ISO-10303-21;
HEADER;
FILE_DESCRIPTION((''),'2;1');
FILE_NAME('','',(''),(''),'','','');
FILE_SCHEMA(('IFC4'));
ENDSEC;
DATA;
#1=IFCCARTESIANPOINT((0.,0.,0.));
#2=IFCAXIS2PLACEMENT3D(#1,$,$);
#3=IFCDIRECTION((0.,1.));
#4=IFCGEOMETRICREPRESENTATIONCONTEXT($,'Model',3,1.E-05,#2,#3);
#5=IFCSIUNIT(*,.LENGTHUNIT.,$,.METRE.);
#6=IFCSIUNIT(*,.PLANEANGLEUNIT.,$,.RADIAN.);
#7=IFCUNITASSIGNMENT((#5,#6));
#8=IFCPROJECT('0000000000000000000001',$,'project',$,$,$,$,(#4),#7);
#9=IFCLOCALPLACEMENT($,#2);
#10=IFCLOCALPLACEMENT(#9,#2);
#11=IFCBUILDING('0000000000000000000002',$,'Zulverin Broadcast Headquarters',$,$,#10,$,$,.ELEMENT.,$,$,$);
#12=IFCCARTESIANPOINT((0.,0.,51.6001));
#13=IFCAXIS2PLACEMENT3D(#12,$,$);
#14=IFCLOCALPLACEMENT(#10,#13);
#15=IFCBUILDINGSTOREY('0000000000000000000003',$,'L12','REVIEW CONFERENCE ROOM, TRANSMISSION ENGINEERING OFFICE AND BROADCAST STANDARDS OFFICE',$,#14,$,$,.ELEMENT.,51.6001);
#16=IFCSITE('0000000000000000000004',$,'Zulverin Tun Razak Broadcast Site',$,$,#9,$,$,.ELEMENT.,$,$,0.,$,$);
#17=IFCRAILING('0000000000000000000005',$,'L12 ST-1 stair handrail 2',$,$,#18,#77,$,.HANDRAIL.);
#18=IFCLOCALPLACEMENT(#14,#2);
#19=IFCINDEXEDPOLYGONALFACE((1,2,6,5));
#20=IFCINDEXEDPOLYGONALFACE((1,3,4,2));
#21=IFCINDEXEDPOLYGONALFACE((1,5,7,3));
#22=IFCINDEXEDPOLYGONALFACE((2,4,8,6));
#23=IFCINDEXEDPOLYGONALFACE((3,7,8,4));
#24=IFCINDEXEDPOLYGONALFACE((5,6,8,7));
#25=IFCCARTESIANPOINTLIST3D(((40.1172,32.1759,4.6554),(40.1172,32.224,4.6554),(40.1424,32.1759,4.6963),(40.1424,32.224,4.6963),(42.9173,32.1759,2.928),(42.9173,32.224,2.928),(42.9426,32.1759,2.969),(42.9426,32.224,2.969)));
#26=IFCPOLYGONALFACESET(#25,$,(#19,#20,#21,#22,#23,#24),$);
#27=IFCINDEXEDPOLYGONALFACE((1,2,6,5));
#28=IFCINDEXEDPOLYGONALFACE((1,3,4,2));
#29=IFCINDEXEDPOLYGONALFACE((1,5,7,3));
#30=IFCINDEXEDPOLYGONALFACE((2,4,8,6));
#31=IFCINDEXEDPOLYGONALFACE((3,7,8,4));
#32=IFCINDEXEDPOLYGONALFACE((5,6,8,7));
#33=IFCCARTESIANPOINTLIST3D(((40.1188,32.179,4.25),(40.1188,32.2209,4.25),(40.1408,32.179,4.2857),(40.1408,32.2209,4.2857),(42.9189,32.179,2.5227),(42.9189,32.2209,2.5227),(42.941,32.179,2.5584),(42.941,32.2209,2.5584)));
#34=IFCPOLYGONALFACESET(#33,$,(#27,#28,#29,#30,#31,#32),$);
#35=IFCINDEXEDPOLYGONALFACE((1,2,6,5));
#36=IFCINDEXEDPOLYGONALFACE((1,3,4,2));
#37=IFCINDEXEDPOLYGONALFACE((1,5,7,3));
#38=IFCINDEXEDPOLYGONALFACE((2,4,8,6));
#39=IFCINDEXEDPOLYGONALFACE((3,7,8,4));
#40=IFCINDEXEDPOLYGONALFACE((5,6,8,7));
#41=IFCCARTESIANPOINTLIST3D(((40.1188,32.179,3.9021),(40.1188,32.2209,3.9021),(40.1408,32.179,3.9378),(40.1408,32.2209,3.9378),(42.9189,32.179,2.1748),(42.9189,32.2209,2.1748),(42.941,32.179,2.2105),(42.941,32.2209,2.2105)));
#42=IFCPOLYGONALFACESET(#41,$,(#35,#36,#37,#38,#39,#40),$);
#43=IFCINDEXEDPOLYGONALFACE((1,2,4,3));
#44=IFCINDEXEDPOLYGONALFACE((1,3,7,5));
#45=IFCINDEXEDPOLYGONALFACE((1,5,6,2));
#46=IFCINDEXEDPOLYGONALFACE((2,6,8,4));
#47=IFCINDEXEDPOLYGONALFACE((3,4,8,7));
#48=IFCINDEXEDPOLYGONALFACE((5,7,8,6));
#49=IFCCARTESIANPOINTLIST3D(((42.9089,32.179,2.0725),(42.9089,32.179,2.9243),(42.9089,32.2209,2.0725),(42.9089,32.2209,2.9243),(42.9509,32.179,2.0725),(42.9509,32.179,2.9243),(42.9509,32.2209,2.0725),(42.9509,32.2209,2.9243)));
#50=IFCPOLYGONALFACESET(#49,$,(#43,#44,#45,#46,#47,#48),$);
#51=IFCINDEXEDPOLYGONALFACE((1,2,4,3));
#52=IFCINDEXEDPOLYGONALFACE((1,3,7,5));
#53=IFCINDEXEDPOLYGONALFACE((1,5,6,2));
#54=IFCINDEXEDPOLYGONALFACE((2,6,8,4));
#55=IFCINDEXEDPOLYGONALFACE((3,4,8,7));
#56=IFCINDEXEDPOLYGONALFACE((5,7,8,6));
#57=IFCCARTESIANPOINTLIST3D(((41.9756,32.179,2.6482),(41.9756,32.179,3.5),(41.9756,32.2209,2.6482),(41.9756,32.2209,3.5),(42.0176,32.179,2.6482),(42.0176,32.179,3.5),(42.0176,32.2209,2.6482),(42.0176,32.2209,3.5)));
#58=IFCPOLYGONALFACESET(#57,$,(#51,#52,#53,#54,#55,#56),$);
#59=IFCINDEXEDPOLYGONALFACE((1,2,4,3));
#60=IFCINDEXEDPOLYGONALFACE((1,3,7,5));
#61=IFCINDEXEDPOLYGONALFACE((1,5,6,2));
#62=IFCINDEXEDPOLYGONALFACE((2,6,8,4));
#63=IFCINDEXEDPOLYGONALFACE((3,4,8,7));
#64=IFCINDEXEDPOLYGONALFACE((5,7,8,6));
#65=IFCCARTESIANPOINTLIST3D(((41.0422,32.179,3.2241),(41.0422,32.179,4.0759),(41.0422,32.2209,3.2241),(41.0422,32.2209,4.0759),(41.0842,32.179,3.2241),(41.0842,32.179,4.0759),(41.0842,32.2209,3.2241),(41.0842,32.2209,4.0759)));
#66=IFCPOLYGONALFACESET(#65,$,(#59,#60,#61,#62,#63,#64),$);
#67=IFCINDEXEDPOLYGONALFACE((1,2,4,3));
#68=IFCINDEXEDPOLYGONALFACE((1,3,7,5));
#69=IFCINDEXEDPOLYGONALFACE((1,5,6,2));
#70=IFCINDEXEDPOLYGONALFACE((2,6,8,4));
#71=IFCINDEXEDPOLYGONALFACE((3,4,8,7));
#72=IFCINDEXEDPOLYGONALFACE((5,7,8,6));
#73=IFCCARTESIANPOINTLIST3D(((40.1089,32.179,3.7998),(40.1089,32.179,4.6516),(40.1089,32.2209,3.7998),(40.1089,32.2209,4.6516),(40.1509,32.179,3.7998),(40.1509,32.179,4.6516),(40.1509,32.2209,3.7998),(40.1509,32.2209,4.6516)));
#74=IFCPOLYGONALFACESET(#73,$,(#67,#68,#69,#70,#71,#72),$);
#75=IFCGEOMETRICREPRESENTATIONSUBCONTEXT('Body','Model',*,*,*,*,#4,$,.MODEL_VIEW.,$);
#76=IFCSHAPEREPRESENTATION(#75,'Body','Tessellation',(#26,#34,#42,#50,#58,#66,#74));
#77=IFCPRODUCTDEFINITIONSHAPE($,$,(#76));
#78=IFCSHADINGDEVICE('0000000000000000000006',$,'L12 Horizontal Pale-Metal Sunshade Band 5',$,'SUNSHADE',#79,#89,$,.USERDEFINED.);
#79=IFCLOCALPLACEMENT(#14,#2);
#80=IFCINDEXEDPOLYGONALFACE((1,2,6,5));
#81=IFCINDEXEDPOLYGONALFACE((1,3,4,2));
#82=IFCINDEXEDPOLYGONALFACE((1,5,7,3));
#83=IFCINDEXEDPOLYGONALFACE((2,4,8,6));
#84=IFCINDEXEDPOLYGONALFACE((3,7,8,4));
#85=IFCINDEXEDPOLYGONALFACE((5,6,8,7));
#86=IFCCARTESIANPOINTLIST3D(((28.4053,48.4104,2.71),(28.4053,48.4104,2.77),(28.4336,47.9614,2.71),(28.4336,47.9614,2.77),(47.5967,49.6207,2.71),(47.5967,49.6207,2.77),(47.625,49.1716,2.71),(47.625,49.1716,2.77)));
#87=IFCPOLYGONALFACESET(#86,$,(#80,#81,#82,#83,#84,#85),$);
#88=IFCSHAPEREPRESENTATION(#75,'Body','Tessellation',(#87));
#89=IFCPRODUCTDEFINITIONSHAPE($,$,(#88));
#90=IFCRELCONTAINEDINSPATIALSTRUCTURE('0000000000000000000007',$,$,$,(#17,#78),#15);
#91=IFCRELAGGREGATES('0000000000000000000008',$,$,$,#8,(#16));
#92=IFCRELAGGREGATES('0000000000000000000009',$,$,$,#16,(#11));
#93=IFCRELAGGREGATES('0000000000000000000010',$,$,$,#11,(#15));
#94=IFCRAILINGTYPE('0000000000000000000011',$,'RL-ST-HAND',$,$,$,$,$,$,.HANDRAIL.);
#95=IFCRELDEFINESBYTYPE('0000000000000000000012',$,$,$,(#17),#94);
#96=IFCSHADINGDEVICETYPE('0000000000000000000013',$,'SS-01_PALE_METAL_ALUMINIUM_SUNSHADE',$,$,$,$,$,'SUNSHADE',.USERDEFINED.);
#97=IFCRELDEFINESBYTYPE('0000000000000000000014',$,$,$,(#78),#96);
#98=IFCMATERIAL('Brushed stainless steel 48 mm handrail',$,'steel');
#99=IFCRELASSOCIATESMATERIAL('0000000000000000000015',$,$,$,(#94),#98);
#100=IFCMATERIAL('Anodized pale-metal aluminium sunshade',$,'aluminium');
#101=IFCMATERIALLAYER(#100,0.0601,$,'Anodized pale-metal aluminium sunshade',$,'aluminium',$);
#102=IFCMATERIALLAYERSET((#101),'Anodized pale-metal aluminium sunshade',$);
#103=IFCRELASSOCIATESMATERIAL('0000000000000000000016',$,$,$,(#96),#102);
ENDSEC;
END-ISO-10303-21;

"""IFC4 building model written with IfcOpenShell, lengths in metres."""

from ifc_helpers import new_model, si_unit, direction, frame, origin, origin_2d, place, context, subcontext, project, spatial, rectangle, extrude, material, layer, layer_set, type_object, element, save


model = new_model("IFC4")

# Units and contexts
model_context = context("Model", 3, precision=1e-05, world=origin(), true_north=direction((0.0, 1.0)))
body_context = subcontext(model_context, "Body", "Model", "MODEL_VIEW")
ifc_project = project(units=[si_unit("LENGTHUNIT", "METRE"), si_unit("PLANEANGLEUNIT", "RADIAN")], contexts=[model_context])

# Site, building, storey
site_placement = place(None, origin())
site = spatial("IfcSite", under=ifc_project, at=site_placement, Name="Zulverin Tun Razak Broadcast Site", CompositionType="ELEMENT", RefElevation=0.0)
building_placement = place(site_placement, origin())
building = spatial("IfcBuilding", under=site, at=building_placement, Name="Zulverin Broadcast Headquarters", CompositionType="ELEMENT")
storey_placement = place(building_placement, frame((0.0, 0.0, 51.6001)))
storey = spatial("IfcBuildingStorey", under=building, at=storey_placement, Name="L12", Description="REVIEW CONFERENCE ROOM, TRANSMISSION ENGINEERING OFFICE AND BROADCAST STANDARDS OFFICE", CompositionType="ELEMENT", Elevation=51.6001)

# Railing
ifc_material_1 = material(Name="Brushed stainless steel 48 mm handrail", Category="steel")
railing_type_1 = type_object("IfcRailingType", Name="RL-ST-HAND", PredefinedType="HANDRAIL", material=ifc_material_1)
railing_1_placement = place(storey_placement, frame((42.9299, 32.2, 2.0725)))
element("IfcRailing", 1, at=railing_1_placement, inside=storey, type_object=railing_type_1, Name="L12 ST-1 stair handrail 2", PredefinedType="HANDRAIL", context=body_context, shape_type="SweptSolid", body=[
    extrude(rectangle(XDim=0.0481, YDim=0.0481, at=origin_2d()), frame((0.0, 0.0, 0.876), z_axis=(-0.85109, 0.0, 0.52502), x_axis=(0.0, -1.0, 0.0)), (0.0, 0.0, 1.0), 3.29),
    extrude(rectangle(XDim=0.042, YDim=0.042, at=origin_2d()), frame((0.0, 0.0, 0.468), z_axis=(-0.85109, 0.0, 0.52502), x_axis=(0.0, -1.0, 0.0)), (0.0, 0.0, 1.0), 3.29),
    extrude(rectangle(XDim=0.042, YDim=0.042, at=origin_2d()), frame((0.0, 0.0, 0.1201), z_axis=(-0.85109, 0.0, 0.52502), x_axis=(0.0, -1.0, 0.0)), (0.0, 0.0, 1.0), 3.29),
    extrude(rectangle(XDim=0.042, YDim=0.042, at=origin_2d()), origin(), (0.0, 0.0, 1.0), 0.8518),
    extrude(rectangle(XDim=0.042, YDim=0.042, at=origin_2d()), frame((-0.9333, 0.0, 0.5757)), (0.0, 0.0, 1.0), 0.8518),
    extrude(rectangle(XDim=0.042, YDim=0.042, at=origin_2d()), frame((-1.8667, 0.0, 1.1516)), (0.0, 0.0, 1.0), 0.8518),
    extrude(rectangle(XDim=0.042, YDim=0.042, at=origin_2d()), frame((-2.8, 0.0, 1.7273)), (0.0, 0.0, 1.0), 0.8518),
])

# Shading device
ifc_material_2 = material(Name="Anodized pale-metal aluminium sunshade", Category="aluminium")
ifc_layer_1 = layer(ifc_material_2, 0.0601, Name="Anodized pale-metal aluminium sunshade", Category="aluminium")
ifc_layer_set_1 = layer_set([ifc_layer_1], Name="Anodized pale-metal aluminium sunshade")
shading_device_type = type_object("IfcShadingDeviceType", Name="SS-01_PALE_METAL_ALUMINIUM_SUNSHADE", ElementType="SUNSHADE", PredefinedType="USERDEFINED", material=ifc_layer_set_1)
shading_device_placement = place(storey_placement, frame((38.0151, 48.791, 2.71), z_axis=(0.0, 0.0, 1.0), x_axis=(-0.998018, -0.062935, 0.0)))
element("IfcShadingDevice", 2, at=shading_device_placement, inside=storey, type_object=shading_device_type, Name="L12 Horizontal Pale-Metal Sunshade Band 5", ObjectType="SUNSHADE", PredefinedType="USERDEFINED", context=body_context, shape_type="SweptSolid", body=[
    extrude(rectangle(XDim=19.2295, YDim=0.45, at=origin_2d()), origin(), (0.0, 0.0, 1.0), 0.0601),
])

save(model, "model.ifc")
